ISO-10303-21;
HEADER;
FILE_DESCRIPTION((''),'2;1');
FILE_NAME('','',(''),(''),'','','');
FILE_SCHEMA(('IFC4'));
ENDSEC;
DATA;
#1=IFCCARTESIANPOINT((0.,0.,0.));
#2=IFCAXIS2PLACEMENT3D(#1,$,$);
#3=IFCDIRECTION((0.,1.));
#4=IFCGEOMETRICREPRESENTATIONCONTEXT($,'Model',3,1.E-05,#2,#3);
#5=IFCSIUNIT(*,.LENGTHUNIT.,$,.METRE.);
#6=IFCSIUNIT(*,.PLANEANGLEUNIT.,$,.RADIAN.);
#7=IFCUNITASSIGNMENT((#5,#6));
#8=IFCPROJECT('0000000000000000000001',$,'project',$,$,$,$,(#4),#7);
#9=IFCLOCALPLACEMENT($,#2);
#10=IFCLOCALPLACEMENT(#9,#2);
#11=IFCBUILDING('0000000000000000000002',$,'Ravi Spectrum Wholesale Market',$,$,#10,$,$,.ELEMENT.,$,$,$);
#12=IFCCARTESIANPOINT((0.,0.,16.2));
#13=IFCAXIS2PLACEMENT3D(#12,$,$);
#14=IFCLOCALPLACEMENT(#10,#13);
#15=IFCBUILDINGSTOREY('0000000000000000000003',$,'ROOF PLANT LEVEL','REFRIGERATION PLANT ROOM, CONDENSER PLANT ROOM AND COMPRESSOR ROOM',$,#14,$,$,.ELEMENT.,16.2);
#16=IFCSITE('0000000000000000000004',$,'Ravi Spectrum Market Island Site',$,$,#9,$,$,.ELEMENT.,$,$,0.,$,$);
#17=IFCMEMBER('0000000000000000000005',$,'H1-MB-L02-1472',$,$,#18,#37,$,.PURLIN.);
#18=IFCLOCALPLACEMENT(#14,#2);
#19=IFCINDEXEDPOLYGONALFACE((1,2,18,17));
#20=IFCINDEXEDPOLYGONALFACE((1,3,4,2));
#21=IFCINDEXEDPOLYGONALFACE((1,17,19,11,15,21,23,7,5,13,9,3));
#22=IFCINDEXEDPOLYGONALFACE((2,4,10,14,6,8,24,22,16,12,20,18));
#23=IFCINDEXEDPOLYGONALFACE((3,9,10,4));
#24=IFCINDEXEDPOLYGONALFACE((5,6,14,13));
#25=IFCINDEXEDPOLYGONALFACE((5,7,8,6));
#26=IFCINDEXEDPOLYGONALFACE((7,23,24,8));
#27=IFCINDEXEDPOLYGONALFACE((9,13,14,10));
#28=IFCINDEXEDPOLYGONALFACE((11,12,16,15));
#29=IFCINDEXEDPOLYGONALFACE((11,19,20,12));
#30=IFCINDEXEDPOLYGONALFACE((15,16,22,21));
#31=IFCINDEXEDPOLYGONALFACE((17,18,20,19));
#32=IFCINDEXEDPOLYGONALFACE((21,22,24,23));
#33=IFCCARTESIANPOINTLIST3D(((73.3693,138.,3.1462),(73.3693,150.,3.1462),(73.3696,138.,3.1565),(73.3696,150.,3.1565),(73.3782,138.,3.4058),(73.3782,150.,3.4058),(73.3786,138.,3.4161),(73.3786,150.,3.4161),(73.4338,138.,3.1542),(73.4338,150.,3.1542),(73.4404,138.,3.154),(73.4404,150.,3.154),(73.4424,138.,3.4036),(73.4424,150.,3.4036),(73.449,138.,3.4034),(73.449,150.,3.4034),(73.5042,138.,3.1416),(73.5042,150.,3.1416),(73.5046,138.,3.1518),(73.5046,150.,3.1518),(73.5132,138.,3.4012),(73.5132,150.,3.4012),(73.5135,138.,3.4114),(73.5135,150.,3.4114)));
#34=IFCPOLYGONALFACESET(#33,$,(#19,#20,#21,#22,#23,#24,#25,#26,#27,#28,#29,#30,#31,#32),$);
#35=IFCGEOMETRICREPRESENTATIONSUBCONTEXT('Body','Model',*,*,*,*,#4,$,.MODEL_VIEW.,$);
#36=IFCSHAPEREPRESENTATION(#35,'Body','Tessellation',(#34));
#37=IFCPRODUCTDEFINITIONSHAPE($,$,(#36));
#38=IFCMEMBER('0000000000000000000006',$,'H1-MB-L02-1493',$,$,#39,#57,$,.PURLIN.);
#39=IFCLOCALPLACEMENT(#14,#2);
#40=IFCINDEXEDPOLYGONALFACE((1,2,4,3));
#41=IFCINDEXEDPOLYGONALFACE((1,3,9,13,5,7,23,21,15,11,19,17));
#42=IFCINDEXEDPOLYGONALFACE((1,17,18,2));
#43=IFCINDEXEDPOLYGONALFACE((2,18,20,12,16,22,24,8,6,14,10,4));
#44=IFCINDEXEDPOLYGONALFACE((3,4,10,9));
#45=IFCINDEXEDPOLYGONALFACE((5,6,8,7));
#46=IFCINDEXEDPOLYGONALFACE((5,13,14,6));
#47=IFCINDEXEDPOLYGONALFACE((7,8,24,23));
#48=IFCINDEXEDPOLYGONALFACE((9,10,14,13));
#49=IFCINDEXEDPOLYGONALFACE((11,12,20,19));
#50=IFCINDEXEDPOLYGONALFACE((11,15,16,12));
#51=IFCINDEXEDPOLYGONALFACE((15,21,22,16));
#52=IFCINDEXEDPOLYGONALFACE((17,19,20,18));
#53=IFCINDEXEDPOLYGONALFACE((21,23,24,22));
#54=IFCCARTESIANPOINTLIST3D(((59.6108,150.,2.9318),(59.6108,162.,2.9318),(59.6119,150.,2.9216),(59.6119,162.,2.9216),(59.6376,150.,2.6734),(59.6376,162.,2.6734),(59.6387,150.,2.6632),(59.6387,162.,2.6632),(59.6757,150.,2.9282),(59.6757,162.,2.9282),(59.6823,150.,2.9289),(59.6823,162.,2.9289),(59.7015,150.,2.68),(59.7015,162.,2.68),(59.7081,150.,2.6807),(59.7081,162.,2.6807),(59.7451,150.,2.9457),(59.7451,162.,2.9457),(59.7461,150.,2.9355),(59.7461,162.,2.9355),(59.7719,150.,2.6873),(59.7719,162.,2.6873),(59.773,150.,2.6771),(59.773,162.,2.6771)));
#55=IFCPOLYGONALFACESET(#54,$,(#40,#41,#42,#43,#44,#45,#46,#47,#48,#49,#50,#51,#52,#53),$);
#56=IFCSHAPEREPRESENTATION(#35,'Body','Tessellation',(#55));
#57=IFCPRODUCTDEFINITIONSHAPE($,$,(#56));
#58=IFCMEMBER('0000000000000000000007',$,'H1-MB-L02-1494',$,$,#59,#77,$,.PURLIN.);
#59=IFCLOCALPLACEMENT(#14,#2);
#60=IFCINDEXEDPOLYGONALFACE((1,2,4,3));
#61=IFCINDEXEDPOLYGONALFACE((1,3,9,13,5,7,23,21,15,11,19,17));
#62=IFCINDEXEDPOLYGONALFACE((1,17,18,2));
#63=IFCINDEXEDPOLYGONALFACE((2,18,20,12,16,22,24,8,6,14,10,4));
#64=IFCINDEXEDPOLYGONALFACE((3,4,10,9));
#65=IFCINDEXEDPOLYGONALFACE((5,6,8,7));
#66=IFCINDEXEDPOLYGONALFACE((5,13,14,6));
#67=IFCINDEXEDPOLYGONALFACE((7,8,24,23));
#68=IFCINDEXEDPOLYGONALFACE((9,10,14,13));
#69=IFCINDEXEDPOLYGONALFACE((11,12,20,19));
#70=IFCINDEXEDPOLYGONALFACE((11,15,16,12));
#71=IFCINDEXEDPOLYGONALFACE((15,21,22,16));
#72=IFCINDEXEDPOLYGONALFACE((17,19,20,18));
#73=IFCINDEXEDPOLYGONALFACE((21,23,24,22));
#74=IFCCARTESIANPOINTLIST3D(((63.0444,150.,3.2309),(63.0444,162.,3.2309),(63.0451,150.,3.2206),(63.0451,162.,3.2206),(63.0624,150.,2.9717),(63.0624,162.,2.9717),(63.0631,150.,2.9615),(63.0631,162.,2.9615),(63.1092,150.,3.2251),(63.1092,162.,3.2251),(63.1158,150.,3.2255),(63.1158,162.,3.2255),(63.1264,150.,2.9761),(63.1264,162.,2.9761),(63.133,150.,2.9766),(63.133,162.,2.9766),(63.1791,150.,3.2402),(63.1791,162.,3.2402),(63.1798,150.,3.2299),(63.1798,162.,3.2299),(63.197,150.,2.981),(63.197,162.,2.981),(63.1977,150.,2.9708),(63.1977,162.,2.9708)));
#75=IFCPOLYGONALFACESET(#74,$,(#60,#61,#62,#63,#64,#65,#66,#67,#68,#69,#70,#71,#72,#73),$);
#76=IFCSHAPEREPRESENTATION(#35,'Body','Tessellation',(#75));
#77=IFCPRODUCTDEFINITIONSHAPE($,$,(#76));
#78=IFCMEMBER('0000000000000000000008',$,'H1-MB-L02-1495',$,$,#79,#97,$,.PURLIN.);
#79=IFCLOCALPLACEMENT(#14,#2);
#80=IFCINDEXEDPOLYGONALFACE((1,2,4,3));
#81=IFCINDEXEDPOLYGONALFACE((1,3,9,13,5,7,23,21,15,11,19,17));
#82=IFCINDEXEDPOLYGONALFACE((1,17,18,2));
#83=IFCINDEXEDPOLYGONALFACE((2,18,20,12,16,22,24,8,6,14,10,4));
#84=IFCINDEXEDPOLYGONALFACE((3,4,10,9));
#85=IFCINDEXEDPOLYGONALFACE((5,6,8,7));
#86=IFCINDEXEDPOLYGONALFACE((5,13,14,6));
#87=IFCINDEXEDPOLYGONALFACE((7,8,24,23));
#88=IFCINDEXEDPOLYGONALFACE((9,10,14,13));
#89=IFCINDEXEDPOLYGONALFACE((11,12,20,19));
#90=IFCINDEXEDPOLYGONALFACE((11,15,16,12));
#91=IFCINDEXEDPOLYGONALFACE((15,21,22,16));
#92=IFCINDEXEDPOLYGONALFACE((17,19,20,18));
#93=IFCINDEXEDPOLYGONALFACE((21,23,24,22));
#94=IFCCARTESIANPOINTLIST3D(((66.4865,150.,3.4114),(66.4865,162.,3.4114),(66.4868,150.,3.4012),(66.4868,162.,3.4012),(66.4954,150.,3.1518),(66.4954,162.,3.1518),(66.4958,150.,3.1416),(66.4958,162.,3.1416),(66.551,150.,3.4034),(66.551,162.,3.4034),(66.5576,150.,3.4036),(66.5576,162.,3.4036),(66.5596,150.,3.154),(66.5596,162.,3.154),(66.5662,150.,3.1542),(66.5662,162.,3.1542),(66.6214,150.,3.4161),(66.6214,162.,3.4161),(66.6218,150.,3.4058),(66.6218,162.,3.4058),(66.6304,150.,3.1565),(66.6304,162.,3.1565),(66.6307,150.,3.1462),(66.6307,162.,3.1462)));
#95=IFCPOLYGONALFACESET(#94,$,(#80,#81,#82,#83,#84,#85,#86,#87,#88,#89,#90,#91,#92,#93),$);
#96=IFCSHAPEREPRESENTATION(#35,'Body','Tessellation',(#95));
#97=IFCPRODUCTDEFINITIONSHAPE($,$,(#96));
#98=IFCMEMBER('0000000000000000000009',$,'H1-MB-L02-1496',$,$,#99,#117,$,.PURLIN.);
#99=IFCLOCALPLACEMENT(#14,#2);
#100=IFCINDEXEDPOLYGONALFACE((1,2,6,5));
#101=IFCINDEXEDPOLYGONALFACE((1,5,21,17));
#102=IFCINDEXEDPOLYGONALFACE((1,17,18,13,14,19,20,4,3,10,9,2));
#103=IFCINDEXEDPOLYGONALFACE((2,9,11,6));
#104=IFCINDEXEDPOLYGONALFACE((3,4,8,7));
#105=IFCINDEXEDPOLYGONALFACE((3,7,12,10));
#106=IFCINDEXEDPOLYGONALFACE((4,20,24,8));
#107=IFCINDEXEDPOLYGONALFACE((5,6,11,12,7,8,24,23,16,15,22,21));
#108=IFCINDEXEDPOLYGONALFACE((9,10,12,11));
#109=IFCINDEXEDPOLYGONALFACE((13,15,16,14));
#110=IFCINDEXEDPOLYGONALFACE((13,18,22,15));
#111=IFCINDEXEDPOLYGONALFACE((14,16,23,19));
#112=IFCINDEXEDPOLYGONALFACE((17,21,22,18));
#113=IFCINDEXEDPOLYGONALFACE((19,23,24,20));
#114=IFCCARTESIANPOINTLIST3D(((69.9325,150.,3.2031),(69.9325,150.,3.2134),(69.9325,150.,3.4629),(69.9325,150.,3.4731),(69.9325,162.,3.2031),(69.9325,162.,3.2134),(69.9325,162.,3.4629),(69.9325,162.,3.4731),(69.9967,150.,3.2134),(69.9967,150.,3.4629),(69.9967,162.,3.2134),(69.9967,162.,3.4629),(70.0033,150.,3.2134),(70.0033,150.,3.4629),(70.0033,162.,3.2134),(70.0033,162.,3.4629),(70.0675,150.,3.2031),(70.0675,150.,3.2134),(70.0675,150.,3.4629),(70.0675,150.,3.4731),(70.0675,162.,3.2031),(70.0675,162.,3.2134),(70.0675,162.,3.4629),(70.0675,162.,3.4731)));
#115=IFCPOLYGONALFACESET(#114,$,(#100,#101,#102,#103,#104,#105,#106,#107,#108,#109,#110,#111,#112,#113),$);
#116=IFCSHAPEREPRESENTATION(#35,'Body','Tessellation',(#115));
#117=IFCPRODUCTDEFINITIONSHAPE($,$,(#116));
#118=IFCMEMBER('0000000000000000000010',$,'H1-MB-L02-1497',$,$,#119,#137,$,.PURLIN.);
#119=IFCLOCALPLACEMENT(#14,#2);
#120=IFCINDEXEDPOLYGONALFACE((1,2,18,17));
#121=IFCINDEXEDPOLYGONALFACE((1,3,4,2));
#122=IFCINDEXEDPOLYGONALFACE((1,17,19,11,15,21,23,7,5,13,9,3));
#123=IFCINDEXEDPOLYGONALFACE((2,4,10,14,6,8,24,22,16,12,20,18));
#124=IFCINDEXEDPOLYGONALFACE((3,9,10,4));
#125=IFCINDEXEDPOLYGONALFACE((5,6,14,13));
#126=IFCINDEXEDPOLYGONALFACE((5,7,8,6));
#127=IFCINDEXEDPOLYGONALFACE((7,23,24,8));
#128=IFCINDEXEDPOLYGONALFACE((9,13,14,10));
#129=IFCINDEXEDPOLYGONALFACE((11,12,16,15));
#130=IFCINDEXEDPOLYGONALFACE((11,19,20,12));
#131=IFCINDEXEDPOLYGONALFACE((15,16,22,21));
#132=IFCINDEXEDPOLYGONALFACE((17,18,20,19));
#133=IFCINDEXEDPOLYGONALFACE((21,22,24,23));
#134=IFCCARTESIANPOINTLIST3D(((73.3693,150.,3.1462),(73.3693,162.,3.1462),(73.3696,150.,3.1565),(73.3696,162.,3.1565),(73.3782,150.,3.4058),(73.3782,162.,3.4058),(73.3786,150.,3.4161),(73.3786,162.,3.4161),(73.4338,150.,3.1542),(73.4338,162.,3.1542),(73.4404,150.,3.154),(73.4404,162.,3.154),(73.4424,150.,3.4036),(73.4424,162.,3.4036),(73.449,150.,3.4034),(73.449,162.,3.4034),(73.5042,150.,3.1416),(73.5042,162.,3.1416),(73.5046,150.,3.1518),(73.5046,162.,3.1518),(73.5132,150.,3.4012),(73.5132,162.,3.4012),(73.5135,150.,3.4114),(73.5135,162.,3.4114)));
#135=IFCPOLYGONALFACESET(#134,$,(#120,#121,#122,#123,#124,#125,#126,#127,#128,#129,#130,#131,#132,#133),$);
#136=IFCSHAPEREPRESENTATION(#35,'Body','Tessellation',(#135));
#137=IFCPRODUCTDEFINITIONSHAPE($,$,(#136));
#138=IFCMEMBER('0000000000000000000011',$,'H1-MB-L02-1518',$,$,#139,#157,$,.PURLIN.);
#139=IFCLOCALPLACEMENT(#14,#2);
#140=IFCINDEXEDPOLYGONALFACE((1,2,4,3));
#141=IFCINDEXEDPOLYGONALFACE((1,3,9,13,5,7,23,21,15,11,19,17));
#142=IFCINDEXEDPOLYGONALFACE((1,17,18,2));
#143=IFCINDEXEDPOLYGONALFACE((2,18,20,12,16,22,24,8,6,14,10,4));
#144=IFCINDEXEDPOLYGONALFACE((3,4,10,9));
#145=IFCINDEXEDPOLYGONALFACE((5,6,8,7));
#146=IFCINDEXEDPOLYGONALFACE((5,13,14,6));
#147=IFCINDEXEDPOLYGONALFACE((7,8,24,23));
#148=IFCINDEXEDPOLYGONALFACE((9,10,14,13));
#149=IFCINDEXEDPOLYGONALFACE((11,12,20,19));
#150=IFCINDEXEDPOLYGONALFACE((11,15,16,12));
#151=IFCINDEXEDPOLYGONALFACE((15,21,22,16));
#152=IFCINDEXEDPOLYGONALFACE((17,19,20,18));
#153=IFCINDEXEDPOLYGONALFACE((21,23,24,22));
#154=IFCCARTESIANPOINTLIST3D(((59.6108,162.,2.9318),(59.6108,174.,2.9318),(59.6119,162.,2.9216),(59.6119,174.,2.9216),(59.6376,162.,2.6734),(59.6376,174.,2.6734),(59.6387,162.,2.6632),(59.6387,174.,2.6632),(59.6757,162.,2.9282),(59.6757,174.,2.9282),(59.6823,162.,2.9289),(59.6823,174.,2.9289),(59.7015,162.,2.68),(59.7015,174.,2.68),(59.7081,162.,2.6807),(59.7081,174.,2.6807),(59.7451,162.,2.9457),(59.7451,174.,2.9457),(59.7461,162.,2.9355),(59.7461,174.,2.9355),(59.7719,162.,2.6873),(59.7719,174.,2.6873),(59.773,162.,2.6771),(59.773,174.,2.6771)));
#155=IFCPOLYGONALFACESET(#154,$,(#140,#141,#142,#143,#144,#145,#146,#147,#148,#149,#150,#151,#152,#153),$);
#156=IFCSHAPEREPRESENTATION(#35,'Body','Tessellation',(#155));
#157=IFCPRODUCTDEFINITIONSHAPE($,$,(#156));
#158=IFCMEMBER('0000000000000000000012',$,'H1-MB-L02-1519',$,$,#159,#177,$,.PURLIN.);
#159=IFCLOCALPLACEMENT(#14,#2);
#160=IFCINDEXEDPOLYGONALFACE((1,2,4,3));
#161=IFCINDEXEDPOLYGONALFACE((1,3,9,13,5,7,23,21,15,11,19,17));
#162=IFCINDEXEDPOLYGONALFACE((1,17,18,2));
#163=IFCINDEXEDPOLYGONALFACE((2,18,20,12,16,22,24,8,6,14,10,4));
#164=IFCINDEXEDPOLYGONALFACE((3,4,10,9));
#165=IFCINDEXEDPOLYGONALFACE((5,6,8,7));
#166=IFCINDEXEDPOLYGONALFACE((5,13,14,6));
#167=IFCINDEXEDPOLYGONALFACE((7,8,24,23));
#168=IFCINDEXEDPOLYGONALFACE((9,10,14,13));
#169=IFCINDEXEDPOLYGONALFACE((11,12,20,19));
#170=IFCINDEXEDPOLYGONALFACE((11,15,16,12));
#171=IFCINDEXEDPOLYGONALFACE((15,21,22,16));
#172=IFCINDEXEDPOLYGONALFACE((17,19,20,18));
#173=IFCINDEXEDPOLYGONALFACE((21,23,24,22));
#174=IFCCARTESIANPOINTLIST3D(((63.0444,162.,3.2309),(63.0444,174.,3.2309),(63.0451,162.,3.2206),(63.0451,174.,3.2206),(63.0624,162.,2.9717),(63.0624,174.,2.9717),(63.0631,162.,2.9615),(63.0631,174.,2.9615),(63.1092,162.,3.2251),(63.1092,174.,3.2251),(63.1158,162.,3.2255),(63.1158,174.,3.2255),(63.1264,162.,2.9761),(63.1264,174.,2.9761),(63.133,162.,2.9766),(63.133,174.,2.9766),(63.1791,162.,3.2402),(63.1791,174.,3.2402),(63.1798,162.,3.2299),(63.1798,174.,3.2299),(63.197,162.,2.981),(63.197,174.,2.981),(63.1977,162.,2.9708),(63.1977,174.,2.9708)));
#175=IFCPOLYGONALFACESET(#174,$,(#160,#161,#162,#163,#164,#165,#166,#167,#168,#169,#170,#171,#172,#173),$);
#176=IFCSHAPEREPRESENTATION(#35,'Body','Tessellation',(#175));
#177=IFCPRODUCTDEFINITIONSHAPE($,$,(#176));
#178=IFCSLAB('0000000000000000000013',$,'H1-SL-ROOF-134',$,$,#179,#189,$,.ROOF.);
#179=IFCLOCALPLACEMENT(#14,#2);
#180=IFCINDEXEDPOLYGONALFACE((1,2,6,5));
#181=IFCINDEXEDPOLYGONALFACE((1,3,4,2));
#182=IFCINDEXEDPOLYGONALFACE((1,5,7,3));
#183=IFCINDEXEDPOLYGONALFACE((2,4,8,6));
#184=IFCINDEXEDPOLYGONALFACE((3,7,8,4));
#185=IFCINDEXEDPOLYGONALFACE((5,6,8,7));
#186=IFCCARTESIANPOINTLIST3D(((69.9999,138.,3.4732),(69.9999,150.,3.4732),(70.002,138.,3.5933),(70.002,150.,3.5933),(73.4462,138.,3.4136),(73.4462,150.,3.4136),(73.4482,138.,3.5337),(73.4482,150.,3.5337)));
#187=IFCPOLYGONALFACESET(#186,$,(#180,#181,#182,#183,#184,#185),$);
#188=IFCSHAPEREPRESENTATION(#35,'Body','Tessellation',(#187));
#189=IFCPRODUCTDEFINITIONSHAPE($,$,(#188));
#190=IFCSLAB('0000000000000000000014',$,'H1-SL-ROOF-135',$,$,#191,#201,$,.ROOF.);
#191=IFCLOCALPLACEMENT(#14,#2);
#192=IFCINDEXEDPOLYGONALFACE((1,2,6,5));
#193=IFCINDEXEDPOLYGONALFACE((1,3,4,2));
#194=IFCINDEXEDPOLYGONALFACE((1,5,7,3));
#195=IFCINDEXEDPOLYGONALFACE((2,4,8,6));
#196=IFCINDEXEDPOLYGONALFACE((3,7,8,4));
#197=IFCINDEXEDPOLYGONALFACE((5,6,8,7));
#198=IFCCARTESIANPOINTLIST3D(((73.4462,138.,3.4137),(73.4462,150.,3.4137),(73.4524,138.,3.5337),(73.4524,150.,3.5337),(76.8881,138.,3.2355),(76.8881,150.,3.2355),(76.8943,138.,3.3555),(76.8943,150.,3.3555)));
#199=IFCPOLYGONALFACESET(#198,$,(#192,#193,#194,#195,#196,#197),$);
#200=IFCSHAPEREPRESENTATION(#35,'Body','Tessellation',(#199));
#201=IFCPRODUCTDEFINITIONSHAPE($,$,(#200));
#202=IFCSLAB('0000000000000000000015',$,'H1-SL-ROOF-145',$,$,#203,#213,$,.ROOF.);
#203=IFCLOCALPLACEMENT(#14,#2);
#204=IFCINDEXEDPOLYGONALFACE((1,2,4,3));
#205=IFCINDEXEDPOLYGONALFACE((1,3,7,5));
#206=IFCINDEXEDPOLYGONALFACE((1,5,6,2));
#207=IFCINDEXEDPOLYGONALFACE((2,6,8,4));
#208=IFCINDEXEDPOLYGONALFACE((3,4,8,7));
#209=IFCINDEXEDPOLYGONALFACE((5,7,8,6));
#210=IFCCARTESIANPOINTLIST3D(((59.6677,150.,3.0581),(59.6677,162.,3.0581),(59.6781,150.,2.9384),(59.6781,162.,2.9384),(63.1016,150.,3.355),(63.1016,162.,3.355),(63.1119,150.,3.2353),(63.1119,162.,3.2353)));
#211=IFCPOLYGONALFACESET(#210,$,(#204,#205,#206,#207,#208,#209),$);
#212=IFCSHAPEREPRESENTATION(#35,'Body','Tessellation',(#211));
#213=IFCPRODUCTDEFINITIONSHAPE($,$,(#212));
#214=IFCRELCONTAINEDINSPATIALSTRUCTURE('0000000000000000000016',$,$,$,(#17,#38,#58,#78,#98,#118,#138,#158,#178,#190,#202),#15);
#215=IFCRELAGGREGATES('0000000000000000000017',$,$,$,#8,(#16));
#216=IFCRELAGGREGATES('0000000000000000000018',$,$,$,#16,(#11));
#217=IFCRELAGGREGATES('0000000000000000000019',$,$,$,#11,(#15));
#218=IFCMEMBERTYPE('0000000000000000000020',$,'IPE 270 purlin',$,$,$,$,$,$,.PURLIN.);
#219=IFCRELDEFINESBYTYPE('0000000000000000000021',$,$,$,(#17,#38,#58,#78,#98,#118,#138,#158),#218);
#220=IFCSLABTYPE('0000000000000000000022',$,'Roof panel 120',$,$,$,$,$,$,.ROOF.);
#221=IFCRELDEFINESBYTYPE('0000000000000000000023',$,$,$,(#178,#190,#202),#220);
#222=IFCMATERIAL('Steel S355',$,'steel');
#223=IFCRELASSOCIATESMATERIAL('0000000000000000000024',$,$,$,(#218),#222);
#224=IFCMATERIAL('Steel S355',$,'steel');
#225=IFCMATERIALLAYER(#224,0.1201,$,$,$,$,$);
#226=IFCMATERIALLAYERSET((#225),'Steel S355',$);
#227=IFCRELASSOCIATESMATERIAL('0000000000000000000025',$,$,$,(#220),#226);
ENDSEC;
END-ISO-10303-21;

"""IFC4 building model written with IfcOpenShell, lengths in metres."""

from ifc_helpers import new_model, si_unit, direction, frame, origin, origin_2d, place, context, subcontext, project, spatial, polyline, i_section, outline, extrude, material, layer, layer_set, material_profile, profile_set, type_object, element, save


model = new_model("IFC4")

# Units and contexts
model_context = context("Model", 3, precision=1e-05, world=origin(), true_north=direction((0.0, 1.0)))
body_context = subcontext(model_context, "Body", "Model", "MODEL_VIEW")
ifc_project = project(units=[si_unit("LENGTHUNIT", "METRE"), si_unit("PLANEANGLEUNIT", "RADIAN")], contexts=[model_context])

# Site, building, storey
site_placement = place(None, origin())
site = spatial("IfcSite", under=ifc_project, at=site_placement, Name="Ravi Spectrum Market Island Site", CompositionType="ELEMENT", RefElevation=0.0)
building_placement = place(site_placement, origin())
building = spatial("IfcBuilding", under=site, at=building_placement, Name="Ravi Spectrum Wholesale Market", CompositionType="ELEMENT")
storey_placement = place(building_placement, frame((0.0, 0.0, 16.2)))
storey = spatial("IfcBuildingStorey", under=building, at=storey_placement, Name="ROOF PLANT LEVEL", Description="REFRIGERATION PLANT ROOM, CONDENSER PLANT ROOM AND COMPRESSOR ROOM", CompositionType="ELEMENT", Elevation=16.2)

# Members
ifc_material_1 = material(Name="Steel S355", Category="steel")
ifc_material_profile_1 = material_profile(ifc_material_1, i_section(OverallWidth=0.135, OverallDepth=0.27, WebThickness=0.0066, FlangeThickness=0.0103, at=origin_2d()))
ifc_profile_set_1 = profile_set([ifc_material_profile_1], Name="Steel S355")
member_type_1 = type_object("IfcMemberType", Name="IPE 270 purlin", PredefinedType="PURLIN", material=ifc_profile_set_1)
for number, where, z_axis, x_axis, name in (
    (1, (73.4414, 138.0, 3.2788), (0.0, 1.0, 0.0), (-0.999405, 0.0, 0.034492), "H1-MB-L02-1472"),
    (2, (59.6919, 150.0, 2.8044), (0.0, 1.0, 0.0), (-0.994649, 0.0, -0.103311), "H1-MB-L02-1493"),
    (3, (63.1211, 150.0, 3.1008), (0.0, 1.0, 0.0), (-0.997621, 0.0, -0.068943), "H1-MB-L02-1494"),
    (4, (66.5586, 150.0, 3.2788), (0.0, 1.0, 0.0), (-0.999405, 0.0, -0.034492), "H1-MB-L02-1495"),
    (5, (70.0, 150.0, 3.3381), (0.0, 1.0, 0.0), (-1.0, 0.0, 0.0), "H1-MB-L02-1496"),
    (6, (73.4414, 150.0, 3.2788), (0.0, 1.0, 0.0), (-0.999405, 0.0, 0.034492), "H1-MB-L02-1497"),
    (7, (59.6919, 162.0, 2.8044), (0.0, 1.0, 0.0), (-0.994649, 0.0, -0.103311), "H1-MB-L02-1518"),
    (8, (63.1211, 162.0, 3.1008), (0.0, 1.0, 0.0), (-0.997621, 0.0, -0.068943), "H1-MB-L02-1519"),
):
    element("IfcMember", number, at=place(storey_placement, frame(where, z_axis=z_axis, x_axis=x_axis)), inside=storey, type_object=member_type_1, Name=name, PredefinedType="PURLIN", context=body_context, shape_type="SweptSolid", body=[
        extrude(i_section(OverallWidth=0.135, OverallDepth=0.27, WebThickness=0.0066, FlangeThickness=0.0103, at=origin_2d()), origin(), (0.0, 0.0, 1.0), 12.0),
    ])

# Slabs
ifc_material_2 = material(Name="Steel S355", Category="steel")
ifc_layer_1 = layer(ifc_material_2, 0.1201)
ifc_layer_set_1 = layer_set([ifc_layer_1], Name="Steel S355")
slab_type = type_object("IfcSlabType", Name="Roof panel 120", PredefinedType="ROOF", material=ifc_layer_set_1)
slab_1_placement = place(storey_placement, frame((70.002, 138.0, 3.5933), z_axis=(0.017283, 0.0, 0.999851), x_axis=(0.999851, 0.0, -0.017283)))
element("IfcSlab", 9, at=slab_1_placement, inside=storey, type_object=slab_type, Name="H1-SL-ROOF-134", PredefinedType="ROOF", context=body_context, shape_type="SweptSolid", body=[
    extrude(outline(polyline([(0.0, 0.0), (3.4468, 0.0), (3.4468, 12.0), (0.0, 12.0), (0.0, 0.0)])), origin(), (0.0, 0.0, -1.0), 0.1201),
])
slab_2_placement = place(storey_placement, frame((73.4524, 138.0, 3.5337), z_axis=(0.051711, 0.0, 0.998662), x_axis=(0.998662, 0.0, -0.051711)))
element("IfcSlab", 10, at=slab_2_placement, inside=storey, type_object=slab_type, Name="H1-SL-ROOF-135", PredefinedType="ROOF", context=body_context, shape_type="SweptSolid", body=[
    extrude(outline(polyline([(0.0, 0.0), (3.4465, 0.0), (3.4465, 12.0), (0.0, 12.0), (0.0, 0.0)])), origin(), (0.0, 0.0, -1.0), 0.1201),
])
slab_3_placement = place(storey_placement, frame((59.6677, 150.0, 3.0581), z_axis=(-0.086134, 0.0, 0.996284), x_axis=(0.996284, 0.0, 0.086134)))
element("IfcSlab", 11, at=slab_3_placement, inside=storey, type_object=slab_type, Name="H1-SL-ROOF-145", PredefinedType="ROOF", context=body_context, shape_type="SweptSolid", body=[
    extrude(outline(polyline([(0.0, 0.0), (3.4466, 0.0), (3.4466, 12.0), (0.0, 12.0), (0.0, 0.0)])), origin(), (0.0, 0.0, -1.0), 0.1201),
])

save(model, "model.ifc")
